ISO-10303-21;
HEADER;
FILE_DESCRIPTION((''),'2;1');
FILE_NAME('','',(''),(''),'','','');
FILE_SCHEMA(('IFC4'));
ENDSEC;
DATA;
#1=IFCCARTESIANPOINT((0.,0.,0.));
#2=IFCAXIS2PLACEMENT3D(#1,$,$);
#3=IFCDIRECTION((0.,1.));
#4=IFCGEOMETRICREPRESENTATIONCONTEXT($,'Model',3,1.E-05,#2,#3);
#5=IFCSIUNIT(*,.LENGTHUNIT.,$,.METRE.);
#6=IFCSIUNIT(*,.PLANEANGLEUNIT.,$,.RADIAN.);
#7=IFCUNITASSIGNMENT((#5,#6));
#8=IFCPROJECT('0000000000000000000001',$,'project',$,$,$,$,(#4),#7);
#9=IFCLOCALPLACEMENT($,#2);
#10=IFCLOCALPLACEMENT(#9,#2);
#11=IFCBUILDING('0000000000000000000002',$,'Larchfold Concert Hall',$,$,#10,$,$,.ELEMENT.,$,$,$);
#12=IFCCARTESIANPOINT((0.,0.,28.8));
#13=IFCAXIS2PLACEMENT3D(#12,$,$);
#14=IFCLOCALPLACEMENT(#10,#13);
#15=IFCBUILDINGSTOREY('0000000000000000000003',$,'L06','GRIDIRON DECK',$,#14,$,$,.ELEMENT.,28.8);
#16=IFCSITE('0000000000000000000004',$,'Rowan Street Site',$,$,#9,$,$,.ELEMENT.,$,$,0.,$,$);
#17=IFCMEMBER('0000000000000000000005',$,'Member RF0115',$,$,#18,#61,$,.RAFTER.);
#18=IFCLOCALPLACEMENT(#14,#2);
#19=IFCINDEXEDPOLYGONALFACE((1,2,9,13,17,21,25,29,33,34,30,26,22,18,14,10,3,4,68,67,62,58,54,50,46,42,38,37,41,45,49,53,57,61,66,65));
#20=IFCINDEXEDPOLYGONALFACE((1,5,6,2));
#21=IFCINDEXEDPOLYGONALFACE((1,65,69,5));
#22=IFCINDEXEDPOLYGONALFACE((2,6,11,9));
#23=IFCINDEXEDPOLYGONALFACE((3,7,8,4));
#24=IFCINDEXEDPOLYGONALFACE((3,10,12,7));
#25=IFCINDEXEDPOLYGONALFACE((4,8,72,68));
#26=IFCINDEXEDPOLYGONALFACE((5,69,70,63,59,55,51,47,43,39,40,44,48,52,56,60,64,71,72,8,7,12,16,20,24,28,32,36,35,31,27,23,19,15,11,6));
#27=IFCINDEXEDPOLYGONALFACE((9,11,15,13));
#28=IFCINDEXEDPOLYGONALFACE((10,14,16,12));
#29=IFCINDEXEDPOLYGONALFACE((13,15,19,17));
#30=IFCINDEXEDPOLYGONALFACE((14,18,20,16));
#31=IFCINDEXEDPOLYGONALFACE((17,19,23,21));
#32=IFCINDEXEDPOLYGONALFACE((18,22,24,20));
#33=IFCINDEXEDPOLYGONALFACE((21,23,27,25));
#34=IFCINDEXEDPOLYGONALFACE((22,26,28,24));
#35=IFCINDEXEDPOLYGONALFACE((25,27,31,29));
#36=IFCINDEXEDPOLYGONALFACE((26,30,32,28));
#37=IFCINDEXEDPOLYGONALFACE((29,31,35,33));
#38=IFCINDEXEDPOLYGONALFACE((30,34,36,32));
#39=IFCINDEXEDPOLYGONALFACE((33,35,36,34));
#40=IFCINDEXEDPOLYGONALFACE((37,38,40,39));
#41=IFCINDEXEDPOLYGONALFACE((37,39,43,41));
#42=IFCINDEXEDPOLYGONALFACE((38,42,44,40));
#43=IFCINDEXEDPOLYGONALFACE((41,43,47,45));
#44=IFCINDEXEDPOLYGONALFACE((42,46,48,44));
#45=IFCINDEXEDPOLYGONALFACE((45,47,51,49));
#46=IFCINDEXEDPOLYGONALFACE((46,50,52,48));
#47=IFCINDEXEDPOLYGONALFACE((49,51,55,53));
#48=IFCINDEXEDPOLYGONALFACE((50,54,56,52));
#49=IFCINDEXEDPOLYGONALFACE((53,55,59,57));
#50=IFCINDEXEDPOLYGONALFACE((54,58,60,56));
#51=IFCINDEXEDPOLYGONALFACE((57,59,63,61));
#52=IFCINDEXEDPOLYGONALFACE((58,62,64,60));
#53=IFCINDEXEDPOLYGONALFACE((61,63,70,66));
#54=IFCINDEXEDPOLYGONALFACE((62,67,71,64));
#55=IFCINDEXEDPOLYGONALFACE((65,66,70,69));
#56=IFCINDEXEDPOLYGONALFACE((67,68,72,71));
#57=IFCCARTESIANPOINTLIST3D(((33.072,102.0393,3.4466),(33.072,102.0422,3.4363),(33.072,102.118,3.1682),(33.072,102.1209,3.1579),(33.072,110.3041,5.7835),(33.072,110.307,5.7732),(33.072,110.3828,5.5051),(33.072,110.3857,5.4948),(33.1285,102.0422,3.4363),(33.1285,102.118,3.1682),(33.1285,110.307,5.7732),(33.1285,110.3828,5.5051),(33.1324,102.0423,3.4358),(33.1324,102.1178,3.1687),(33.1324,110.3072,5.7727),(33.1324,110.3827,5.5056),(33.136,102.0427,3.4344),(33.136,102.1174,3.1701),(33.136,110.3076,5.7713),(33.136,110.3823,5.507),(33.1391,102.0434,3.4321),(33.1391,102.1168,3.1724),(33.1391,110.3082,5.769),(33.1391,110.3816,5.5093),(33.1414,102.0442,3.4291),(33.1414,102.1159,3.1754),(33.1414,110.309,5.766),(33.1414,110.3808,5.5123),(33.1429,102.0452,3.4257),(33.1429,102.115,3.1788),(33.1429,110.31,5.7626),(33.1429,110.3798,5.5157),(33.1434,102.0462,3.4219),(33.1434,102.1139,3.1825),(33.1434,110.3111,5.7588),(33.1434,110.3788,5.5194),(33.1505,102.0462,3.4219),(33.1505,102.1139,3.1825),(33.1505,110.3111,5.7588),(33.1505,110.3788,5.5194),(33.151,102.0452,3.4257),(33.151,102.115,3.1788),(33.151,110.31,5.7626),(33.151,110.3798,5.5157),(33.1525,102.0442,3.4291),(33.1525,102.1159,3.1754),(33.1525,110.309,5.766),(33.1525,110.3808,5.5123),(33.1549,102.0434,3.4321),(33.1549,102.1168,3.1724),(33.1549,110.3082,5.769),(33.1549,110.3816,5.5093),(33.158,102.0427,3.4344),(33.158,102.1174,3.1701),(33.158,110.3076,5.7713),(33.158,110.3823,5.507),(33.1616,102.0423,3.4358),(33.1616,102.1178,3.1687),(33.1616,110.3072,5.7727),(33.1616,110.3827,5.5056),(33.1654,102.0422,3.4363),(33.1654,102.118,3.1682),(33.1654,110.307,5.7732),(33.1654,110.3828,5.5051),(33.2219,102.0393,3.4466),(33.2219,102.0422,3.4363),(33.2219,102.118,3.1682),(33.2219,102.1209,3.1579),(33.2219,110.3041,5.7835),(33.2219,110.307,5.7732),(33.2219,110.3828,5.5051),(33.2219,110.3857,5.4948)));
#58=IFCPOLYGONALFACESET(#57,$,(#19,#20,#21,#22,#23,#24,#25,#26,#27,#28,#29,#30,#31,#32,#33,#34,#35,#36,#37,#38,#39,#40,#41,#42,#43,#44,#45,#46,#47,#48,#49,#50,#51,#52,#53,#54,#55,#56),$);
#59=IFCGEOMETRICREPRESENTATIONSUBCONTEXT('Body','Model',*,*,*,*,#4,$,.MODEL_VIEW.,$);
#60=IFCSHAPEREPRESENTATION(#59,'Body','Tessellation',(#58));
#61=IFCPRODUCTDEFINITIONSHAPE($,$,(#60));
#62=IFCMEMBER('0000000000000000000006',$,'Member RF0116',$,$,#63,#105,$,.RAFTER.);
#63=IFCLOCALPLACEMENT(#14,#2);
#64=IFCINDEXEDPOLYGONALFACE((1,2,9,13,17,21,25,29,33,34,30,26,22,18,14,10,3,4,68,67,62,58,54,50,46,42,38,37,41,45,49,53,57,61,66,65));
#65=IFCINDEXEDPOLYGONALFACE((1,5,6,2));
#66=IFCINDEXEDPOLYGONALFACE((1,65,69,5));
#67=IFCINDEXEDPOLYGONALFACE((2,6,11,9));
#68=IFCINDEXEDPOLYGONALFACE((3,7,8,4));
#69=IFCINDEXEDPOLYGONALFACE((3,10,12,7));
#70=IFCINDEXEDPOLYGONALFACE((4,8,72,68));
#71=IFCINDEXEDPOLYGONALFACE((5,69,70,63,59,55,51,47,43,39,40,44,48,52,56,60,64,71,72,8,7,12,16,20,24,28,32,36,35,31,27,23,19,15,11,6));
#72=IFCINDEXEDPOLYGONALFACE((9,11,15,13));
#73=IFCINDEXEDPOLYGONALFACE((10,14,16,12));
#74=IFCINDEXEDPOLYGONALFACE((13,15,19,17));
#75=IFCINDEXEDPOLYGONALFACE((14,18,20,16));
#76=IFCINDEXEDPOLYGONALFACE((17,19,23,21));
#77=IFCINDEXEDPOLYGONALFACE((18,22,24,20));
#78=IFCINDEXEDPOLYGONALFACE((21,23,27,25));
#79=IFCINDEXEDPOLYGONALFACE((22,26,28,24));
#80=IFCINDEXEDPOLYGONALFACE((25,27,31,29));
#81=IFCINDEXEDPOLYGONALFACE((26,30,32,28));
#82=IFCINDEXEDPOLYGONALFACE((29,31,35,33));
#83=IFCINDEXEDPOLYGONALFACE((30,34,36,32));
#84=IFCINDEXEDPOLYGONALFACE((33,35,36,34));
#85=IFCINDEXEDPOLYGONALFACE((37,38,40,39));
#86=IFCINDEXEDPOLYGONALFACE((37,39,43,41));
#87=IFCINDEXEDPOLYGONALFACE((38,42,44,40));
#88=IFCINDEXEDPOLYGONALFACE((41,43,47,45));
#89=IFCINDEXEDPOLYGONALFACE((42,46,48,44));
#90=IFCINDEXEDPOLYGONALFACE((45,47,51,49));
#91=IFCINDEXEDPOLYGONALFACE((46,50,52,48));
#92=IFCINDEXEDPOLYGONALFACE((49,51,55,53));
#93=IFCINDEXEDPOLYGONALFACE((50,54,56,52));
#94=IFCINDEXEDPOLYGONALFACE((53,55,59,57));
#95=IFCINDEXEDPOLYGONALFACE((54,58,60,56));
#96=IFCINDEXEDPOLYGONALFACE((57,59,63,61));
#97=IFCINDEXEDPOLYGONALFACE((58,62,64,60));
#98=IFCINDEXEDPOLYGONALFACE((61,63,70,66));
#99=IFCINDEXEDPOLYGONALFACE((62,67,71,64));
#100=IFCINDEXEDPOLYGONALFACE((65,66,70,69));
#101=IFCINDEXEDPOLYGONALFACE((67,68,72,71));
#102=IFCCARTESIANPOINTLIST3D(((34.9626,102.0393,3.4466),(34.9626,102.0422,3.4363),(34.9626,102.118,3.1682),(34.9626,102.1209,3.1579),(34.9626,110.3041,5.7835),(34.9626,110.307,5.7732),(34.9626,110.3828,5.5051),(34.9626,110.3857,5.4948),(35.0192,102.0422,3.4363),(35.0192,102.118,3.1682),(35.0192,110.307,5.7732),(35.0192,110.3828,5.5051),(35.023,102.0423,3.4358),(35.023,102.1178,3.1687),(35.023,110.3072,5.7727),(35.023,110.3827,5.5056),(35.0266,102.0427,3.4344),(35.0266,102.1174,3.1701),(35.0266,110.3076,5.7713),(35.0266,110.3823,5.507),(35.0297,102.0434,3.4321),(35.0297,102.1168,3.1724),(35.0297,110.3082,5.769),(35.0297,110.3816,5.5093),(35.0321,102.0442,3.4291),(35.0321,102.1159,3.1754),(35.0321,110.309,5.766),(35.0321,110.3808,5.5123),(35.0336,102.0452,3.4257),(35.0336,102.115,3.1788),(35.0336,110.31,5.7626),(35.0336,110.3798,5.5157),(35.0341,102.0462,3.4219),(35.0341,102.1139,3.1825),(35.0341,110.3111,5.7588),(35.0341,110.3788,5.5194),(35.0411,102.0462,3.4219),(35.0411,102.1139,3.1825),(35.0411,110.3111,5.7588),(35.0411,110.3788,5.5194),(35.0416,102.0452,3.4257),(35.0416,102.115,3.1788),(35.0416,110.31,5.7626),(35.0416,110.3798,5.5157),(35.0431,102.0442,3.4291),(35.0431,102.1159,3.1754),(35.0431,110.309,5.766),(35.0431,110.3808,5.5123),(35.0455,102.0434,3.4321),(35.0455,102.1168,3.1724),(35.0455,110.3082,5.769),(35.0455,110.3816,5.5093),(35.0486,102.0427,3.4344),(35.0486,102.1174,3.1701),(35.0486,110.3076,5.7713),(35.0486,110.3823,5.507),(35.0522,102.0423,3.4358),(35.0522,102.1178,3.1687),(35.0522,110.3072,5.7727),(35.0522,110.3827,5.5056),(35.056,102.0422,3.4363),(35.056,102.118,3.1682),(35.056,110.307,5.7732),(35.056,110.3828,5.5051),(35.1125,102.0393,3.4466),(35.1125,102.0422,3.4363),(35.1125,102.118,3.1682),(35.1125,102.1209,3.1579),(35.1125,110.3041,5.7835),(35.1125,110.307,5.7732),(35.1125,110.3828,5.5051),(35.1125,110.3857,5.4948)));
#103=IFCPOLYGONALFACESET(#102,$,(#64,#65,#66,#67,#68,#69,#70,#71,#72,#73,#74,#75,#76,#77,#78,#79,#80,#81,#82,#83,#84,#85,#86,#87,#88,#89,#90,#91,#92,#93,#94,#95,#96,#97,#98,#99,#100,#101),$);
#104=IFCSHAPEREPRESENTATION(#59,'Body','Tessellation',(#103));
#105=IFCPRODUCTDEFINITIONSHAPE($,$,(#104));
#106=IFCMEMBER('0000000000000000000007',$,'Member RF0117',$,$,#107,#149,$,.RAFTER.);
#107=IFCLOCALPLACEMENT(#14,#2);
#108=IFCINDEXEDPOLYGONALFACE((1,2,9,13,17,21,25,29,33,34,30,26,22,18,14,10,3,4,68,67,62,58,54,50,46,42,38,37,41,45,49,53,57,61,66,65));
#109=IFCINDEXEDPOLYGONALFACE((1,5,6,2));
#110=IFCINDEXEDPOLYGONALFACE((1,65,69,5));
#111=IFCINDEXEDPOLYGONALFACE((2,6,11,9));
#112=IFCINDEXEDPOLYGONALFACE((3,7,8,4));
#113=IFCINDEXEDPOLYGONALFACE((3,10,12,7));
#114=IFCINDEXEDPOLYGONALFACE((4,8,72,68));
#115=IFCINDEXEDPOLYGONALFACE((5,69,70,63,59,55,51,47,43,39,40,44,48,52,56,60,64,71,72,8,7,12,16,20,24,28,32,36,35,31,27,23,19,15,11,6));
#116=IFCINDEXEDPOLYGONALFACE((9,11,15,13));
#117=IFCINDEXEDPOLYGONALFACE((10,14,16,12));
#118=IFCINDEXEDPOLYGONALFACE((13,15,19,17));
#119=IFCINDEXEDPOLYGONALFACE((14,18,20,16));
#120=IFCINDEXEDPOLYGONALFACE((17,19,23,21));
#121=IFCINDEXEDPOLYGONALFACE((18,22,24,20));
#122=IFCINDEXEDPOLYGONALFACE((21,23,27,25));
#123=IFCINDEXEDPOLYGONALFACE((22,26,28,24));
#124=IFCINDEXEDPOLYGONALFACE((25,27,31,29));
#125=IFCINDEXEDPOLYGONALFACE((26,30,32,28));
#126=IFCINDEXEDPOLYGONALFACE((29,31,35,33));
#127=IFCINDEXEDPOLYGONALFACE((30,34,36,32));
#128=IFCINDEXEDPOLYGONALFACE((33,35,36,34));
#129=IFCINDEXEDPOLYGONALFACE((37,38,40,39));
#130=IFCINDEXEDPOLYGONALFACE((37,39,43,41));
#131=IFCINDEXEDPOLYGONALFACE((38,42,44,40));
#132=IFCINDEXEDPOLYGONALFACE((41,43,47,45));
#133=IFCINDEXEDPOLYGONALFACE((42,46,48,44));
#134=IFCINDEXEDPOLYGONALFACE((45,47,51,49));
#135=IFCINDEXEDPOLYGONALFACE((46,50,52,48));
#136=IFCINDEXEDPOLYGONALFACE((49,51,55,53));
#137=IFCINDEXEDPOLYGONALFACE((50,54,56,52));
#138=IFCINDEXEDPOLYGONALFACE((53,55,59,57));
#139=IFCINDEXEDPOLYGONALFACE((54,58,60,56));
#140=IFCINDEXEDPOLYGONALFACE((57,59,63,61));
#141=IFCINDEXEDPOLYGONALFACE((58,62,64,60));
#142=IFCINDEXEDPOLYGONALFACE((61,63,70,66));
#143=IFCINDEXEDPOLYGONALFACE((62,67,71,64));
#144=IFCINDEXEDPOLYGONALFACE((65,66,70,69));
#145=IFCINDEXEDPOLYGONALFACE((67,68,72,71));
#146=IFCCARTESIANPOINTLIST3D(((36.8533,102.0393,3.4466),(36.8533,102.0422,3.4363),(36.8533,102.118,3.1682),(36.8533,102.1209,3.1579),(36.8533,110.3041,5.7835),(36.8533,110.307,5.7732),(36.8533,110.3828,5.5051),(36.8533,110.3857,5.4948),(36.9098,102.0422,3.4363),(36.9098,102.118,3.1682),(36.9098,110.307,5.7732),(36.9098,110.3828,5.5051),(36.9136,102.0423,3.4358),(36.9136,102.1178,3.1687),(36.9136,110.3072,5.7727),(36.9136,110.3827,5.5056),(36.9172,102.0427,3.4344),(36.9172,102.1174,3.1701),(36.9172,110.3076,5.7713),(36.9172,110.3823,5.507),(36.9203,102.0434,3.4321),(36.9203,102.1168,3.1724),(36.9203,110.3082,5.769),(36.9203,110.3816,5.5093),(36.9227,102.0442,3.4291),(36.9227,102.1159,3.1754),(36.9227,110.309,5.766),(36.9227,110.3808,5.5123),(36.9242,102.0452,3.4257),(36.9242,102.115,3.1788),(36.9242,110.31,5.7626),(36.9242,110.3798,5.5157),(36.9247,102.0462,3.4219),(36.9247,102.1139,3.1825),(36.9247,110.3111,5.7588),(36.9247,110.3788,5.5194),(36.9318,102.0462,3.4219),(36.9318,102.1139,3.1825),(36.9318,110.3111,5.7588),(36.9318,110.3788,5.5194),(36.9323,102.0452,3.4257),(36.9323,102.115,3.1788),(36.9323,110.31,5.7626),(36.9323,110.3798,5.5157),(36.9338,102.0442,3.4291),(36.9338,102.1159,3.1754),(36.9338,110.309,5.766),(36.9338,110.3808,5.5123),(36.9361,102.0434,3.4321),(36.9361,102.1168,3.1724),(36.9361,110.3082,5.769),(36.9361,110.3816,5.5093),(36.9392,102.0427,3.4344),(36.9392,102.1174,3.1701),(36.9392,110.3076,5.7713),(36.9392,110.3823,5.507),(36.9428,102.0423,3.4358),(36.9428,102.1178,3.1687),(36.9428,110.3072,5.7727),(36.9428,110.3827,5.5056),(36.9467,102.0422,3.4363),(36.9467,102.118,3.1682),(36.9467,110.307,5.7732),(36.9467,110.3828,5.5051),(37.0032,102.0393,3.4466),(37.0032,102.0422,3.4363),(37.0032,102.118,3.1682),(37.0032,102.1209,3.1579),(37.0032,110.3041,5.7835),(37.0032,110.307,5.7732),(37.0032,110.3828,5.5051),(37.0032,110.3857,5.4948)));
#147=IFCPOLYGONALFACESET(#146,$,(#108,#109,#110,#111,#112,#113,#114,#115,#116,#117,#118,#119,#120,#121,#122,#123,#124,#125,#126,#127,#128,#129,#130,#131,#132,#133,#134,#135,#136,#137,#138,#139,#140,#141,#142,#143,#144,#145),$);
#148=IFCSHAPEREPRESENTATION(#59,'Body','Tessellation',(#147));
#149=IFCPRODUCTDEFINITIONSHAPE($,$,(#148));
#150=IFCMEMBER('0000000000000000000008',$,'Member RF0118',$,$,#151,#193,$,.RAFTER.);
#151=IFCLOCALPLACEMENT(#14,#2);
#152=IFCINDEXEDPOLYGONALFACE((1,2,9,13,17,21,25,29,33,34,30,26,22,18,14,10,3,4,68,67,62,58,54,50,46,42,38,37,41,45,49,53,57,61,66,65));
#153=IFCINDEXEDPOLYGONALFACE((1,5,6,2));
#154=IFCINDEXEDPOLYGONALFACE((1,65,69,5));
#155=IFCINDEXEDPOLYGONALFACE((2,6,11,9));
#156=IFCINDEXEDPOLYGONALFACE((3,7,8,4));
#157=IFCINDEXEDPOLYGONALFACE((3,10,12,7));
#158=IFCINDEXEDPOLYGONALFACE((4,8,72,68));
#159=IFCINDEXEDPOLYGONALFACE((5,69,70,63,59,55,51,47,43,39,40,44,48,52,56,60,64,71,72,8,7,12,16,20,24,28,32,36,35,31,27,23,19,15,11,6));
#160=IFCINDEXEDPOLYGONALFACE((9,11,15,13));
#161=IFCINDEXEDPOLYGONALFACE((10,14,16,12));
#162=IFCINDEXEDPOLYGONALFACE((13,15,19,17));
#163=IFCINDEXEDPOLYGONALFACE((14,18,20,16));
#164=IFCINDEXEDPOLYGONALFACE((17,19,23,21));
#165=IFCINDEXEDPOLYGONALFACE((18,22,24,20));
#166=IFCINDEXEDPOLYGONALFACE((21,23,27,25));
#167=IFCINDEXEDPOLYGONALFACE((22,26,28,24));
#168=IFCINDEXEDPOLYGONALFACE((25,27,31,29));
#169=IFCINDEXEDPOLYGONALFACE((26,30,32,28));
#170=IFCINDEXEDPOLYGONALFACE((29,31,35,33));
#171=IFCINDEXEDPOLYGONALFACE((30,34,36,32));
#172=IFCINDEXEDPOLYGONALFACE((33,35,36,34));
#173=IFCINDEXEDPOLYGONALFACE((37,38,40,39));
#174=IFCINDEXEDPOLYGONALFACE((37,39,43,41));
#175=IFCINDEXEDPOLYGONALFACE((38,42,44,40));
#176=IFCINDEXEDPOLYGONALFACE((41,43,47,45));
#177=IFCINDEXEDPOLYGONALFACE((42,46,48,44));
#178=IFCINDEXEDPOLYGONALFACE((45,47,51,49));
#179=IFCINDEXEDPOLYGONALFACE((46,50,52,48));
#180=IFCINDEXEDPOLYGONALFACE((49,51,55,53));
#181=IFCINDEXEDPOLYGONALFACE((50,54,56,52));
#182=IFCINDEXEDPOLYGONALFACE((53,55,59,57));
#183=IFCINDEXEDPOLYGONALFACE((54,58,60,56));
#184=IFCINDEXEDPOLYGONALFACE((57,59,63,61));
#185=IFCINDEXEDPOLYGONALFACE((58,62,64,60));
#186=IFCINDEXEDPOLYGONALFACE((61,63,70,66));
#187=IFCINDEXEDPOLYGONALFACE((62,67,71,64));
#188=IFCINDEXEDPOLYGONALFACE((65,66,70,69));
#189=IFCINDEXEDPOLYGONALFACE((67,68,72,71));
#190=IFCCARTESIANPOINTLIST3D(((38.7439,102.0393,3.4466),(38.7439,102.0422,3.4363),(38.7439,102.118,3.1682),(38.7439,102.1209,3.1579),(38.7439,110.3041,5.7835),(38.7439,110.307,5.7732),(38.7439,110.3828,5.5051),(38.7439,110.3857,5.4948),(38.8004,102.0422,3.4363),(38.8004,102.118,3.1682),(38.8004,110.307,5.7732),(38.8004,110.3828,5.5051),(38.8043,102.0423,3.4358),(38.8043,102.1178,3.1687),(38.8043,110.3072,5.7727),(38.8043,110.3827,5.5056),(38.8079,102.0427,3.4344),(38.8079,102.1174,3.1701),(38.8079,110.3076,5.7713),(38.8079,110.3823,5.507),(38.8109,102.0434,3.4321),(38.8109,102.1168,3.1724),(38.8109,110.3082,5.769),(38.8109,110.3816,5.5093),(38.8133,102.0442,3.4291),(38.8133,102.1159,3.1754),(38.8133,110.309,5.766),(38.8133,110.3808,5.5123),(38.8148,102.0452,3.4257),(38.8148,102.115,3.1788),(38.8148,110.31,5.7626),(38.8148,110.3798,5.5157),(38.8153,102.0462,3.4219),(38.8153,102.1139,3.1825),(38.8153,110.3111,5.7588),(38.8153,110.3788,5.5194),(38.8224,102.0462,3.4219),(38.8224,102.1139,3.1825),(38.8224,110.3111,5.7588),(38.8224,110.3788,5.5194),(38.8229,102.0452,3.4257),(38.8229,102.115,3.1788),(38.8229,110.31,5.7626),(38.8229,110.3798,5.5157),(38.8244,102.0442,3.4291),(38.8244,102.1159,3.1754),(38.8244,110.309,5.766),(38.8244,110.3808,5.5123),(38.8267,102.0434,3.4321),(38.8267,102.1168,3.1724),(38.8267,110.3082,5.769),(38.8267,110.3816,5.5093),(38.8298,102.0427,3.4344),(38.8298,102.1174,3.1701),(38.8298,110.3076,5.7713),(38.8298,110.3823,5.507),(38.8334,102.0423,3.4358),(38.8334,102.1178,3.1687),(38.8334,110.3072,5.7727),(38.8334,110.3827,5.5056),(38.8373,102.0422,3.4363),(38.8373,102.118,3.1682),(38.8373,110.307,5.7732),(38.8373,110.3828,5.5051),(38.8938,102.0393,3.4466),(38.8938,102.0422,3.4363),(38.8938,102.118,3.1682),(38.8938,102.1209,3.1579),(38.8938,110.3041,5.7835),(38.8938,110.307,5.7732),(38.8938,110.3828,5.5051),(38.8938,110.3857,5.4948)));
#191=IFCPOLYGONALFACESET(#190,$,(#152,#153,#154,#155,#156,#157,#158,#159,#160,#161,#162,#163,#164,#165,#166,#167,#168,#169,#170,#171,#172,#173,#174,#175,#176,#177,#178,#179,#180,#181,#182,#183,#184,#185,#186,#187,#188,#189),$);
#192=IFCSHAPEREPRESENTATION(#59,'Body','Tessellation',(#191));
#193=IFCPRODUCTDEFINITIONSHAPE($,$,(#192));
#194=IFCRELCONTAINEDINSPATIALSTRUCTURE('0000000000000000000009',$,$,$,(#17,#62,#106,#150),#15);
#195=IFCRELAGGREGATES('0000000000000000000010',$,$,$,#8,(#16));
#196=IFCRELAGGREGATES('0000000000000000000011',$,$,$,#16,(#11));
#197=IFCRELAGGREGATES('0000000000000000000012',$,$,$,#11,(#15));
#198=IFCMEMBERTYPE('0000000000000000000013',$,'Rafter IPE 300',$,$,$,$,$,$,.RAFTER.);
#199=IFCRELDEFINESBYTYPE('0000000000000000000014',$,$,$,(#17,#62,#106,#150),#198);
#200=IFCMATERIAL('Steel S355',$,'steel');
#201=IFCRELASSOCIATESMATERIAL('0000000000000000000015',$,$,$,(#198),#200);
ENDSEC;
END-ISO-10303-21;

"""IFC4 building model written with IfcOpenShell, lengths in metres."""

from ifc_helpers import new_model, si_unit, direction, frame, origin, origin_2d, place, context, subcontext, project, spatial, i_section, extrude, material, material_profile, profile_set, type_object, element, save


model = new_model("IFC4")

# Units and contexts
model_context = context("Model", 3, precision=1e-05, world=origin(), true_north=direction((0.0, 1.0)))
body_context = subcontext(model_context, "Body", "Model", "MODEL_VIEW")
ifc_project = project(units=[si_unit("LENGTHUNIT", "METRE"), si_unit("PLANEANGLEUNIT", "RADIAN")], contexts=[model_context])

# Site, building, storey
site_placement = place(None, origin())
site = spatial("IfcSite", under=ifc_project, at=site_placement, Name="Rowan Street Site", CompositionType="ELEMENT", RefElevation=0.0)
building_placement = place(site_placement, origin())
building = spatial("IfcBuilding", under=site, at=building_placement, Name="Larchfold Concert Hall", CompositionType="ELEMENT")
storey_placement = place(building_placement, frame((0.0, 0.0, 28.8)))
storey = spatial("IfcBuildingStorey", under=building, at=storey_placement, Name="L06", Description="GRIDIRON DECK", CompositionType="ELEMENT", Elevation=28.8)

# Members
ifc_material_1 = material(Name="Steel S355", Category="steel")
ifc_material_profile_1 = material_profile(ifc_material_1, i_section(OverallWidth=0.1499, OverallDepth=0.3, WebThickness=0.0071, FlangeThickness=0.0107, FilletRadius=0.0149, at=origin_2d()))
ifc_profile_set_1 = profile_set([ifc_material_profile_1], Name="Steel S355")
member_type_1 = type_object("IfcMemberType", Name="Rafter IPE 300", PredefinedType="RAFTER", material=ifc_profile_set_1)
for number, where, z_axis, x_axis, name in (
    (1, (33.147, 102.0801, 3.3022), (0.0, 0.962273, 0.272085), (-1.0, 0.0, 0.0), "Member RF0115"),
    (2, (35.0376, 102.0801, 3.3022), (0.0, 0.962273, 0.272085), (-1.0, 0.0, 0.0), "Member RF0116"),
    (3, (36.9282, 102.0801, 3.3022), (0.0, 0.962273, 0.272085), (-1.0, 0.0, 0.0), "Member RF0117"),
    (4, (38.8188, 102.0801, 3.3022), (0.0, 0.962273, 0.272085), (-1.0, 0.0, 0.0), "Member RF0118"),
):
    element("IfcMember", number, at=place(storey_placement, frame(where, z_axis=z_axis, x_axis=x_axis)), inside=storey, type_object=member_type_1, Name=name, PredefinedType="RAFTER", context=body_context, shape_type="SweptSolid", body=[
        extrude(i_section(OverallWidth=0.1499, OverallDepth=0.3, WebThickness=0.0071, FlangeThickness=0.0107, FilletRadius=0.0149, at=origin_2d()), origin(), (0.0, 0.0, 1.0), 8.5889),
    ])

save(model, "model.ifc")
